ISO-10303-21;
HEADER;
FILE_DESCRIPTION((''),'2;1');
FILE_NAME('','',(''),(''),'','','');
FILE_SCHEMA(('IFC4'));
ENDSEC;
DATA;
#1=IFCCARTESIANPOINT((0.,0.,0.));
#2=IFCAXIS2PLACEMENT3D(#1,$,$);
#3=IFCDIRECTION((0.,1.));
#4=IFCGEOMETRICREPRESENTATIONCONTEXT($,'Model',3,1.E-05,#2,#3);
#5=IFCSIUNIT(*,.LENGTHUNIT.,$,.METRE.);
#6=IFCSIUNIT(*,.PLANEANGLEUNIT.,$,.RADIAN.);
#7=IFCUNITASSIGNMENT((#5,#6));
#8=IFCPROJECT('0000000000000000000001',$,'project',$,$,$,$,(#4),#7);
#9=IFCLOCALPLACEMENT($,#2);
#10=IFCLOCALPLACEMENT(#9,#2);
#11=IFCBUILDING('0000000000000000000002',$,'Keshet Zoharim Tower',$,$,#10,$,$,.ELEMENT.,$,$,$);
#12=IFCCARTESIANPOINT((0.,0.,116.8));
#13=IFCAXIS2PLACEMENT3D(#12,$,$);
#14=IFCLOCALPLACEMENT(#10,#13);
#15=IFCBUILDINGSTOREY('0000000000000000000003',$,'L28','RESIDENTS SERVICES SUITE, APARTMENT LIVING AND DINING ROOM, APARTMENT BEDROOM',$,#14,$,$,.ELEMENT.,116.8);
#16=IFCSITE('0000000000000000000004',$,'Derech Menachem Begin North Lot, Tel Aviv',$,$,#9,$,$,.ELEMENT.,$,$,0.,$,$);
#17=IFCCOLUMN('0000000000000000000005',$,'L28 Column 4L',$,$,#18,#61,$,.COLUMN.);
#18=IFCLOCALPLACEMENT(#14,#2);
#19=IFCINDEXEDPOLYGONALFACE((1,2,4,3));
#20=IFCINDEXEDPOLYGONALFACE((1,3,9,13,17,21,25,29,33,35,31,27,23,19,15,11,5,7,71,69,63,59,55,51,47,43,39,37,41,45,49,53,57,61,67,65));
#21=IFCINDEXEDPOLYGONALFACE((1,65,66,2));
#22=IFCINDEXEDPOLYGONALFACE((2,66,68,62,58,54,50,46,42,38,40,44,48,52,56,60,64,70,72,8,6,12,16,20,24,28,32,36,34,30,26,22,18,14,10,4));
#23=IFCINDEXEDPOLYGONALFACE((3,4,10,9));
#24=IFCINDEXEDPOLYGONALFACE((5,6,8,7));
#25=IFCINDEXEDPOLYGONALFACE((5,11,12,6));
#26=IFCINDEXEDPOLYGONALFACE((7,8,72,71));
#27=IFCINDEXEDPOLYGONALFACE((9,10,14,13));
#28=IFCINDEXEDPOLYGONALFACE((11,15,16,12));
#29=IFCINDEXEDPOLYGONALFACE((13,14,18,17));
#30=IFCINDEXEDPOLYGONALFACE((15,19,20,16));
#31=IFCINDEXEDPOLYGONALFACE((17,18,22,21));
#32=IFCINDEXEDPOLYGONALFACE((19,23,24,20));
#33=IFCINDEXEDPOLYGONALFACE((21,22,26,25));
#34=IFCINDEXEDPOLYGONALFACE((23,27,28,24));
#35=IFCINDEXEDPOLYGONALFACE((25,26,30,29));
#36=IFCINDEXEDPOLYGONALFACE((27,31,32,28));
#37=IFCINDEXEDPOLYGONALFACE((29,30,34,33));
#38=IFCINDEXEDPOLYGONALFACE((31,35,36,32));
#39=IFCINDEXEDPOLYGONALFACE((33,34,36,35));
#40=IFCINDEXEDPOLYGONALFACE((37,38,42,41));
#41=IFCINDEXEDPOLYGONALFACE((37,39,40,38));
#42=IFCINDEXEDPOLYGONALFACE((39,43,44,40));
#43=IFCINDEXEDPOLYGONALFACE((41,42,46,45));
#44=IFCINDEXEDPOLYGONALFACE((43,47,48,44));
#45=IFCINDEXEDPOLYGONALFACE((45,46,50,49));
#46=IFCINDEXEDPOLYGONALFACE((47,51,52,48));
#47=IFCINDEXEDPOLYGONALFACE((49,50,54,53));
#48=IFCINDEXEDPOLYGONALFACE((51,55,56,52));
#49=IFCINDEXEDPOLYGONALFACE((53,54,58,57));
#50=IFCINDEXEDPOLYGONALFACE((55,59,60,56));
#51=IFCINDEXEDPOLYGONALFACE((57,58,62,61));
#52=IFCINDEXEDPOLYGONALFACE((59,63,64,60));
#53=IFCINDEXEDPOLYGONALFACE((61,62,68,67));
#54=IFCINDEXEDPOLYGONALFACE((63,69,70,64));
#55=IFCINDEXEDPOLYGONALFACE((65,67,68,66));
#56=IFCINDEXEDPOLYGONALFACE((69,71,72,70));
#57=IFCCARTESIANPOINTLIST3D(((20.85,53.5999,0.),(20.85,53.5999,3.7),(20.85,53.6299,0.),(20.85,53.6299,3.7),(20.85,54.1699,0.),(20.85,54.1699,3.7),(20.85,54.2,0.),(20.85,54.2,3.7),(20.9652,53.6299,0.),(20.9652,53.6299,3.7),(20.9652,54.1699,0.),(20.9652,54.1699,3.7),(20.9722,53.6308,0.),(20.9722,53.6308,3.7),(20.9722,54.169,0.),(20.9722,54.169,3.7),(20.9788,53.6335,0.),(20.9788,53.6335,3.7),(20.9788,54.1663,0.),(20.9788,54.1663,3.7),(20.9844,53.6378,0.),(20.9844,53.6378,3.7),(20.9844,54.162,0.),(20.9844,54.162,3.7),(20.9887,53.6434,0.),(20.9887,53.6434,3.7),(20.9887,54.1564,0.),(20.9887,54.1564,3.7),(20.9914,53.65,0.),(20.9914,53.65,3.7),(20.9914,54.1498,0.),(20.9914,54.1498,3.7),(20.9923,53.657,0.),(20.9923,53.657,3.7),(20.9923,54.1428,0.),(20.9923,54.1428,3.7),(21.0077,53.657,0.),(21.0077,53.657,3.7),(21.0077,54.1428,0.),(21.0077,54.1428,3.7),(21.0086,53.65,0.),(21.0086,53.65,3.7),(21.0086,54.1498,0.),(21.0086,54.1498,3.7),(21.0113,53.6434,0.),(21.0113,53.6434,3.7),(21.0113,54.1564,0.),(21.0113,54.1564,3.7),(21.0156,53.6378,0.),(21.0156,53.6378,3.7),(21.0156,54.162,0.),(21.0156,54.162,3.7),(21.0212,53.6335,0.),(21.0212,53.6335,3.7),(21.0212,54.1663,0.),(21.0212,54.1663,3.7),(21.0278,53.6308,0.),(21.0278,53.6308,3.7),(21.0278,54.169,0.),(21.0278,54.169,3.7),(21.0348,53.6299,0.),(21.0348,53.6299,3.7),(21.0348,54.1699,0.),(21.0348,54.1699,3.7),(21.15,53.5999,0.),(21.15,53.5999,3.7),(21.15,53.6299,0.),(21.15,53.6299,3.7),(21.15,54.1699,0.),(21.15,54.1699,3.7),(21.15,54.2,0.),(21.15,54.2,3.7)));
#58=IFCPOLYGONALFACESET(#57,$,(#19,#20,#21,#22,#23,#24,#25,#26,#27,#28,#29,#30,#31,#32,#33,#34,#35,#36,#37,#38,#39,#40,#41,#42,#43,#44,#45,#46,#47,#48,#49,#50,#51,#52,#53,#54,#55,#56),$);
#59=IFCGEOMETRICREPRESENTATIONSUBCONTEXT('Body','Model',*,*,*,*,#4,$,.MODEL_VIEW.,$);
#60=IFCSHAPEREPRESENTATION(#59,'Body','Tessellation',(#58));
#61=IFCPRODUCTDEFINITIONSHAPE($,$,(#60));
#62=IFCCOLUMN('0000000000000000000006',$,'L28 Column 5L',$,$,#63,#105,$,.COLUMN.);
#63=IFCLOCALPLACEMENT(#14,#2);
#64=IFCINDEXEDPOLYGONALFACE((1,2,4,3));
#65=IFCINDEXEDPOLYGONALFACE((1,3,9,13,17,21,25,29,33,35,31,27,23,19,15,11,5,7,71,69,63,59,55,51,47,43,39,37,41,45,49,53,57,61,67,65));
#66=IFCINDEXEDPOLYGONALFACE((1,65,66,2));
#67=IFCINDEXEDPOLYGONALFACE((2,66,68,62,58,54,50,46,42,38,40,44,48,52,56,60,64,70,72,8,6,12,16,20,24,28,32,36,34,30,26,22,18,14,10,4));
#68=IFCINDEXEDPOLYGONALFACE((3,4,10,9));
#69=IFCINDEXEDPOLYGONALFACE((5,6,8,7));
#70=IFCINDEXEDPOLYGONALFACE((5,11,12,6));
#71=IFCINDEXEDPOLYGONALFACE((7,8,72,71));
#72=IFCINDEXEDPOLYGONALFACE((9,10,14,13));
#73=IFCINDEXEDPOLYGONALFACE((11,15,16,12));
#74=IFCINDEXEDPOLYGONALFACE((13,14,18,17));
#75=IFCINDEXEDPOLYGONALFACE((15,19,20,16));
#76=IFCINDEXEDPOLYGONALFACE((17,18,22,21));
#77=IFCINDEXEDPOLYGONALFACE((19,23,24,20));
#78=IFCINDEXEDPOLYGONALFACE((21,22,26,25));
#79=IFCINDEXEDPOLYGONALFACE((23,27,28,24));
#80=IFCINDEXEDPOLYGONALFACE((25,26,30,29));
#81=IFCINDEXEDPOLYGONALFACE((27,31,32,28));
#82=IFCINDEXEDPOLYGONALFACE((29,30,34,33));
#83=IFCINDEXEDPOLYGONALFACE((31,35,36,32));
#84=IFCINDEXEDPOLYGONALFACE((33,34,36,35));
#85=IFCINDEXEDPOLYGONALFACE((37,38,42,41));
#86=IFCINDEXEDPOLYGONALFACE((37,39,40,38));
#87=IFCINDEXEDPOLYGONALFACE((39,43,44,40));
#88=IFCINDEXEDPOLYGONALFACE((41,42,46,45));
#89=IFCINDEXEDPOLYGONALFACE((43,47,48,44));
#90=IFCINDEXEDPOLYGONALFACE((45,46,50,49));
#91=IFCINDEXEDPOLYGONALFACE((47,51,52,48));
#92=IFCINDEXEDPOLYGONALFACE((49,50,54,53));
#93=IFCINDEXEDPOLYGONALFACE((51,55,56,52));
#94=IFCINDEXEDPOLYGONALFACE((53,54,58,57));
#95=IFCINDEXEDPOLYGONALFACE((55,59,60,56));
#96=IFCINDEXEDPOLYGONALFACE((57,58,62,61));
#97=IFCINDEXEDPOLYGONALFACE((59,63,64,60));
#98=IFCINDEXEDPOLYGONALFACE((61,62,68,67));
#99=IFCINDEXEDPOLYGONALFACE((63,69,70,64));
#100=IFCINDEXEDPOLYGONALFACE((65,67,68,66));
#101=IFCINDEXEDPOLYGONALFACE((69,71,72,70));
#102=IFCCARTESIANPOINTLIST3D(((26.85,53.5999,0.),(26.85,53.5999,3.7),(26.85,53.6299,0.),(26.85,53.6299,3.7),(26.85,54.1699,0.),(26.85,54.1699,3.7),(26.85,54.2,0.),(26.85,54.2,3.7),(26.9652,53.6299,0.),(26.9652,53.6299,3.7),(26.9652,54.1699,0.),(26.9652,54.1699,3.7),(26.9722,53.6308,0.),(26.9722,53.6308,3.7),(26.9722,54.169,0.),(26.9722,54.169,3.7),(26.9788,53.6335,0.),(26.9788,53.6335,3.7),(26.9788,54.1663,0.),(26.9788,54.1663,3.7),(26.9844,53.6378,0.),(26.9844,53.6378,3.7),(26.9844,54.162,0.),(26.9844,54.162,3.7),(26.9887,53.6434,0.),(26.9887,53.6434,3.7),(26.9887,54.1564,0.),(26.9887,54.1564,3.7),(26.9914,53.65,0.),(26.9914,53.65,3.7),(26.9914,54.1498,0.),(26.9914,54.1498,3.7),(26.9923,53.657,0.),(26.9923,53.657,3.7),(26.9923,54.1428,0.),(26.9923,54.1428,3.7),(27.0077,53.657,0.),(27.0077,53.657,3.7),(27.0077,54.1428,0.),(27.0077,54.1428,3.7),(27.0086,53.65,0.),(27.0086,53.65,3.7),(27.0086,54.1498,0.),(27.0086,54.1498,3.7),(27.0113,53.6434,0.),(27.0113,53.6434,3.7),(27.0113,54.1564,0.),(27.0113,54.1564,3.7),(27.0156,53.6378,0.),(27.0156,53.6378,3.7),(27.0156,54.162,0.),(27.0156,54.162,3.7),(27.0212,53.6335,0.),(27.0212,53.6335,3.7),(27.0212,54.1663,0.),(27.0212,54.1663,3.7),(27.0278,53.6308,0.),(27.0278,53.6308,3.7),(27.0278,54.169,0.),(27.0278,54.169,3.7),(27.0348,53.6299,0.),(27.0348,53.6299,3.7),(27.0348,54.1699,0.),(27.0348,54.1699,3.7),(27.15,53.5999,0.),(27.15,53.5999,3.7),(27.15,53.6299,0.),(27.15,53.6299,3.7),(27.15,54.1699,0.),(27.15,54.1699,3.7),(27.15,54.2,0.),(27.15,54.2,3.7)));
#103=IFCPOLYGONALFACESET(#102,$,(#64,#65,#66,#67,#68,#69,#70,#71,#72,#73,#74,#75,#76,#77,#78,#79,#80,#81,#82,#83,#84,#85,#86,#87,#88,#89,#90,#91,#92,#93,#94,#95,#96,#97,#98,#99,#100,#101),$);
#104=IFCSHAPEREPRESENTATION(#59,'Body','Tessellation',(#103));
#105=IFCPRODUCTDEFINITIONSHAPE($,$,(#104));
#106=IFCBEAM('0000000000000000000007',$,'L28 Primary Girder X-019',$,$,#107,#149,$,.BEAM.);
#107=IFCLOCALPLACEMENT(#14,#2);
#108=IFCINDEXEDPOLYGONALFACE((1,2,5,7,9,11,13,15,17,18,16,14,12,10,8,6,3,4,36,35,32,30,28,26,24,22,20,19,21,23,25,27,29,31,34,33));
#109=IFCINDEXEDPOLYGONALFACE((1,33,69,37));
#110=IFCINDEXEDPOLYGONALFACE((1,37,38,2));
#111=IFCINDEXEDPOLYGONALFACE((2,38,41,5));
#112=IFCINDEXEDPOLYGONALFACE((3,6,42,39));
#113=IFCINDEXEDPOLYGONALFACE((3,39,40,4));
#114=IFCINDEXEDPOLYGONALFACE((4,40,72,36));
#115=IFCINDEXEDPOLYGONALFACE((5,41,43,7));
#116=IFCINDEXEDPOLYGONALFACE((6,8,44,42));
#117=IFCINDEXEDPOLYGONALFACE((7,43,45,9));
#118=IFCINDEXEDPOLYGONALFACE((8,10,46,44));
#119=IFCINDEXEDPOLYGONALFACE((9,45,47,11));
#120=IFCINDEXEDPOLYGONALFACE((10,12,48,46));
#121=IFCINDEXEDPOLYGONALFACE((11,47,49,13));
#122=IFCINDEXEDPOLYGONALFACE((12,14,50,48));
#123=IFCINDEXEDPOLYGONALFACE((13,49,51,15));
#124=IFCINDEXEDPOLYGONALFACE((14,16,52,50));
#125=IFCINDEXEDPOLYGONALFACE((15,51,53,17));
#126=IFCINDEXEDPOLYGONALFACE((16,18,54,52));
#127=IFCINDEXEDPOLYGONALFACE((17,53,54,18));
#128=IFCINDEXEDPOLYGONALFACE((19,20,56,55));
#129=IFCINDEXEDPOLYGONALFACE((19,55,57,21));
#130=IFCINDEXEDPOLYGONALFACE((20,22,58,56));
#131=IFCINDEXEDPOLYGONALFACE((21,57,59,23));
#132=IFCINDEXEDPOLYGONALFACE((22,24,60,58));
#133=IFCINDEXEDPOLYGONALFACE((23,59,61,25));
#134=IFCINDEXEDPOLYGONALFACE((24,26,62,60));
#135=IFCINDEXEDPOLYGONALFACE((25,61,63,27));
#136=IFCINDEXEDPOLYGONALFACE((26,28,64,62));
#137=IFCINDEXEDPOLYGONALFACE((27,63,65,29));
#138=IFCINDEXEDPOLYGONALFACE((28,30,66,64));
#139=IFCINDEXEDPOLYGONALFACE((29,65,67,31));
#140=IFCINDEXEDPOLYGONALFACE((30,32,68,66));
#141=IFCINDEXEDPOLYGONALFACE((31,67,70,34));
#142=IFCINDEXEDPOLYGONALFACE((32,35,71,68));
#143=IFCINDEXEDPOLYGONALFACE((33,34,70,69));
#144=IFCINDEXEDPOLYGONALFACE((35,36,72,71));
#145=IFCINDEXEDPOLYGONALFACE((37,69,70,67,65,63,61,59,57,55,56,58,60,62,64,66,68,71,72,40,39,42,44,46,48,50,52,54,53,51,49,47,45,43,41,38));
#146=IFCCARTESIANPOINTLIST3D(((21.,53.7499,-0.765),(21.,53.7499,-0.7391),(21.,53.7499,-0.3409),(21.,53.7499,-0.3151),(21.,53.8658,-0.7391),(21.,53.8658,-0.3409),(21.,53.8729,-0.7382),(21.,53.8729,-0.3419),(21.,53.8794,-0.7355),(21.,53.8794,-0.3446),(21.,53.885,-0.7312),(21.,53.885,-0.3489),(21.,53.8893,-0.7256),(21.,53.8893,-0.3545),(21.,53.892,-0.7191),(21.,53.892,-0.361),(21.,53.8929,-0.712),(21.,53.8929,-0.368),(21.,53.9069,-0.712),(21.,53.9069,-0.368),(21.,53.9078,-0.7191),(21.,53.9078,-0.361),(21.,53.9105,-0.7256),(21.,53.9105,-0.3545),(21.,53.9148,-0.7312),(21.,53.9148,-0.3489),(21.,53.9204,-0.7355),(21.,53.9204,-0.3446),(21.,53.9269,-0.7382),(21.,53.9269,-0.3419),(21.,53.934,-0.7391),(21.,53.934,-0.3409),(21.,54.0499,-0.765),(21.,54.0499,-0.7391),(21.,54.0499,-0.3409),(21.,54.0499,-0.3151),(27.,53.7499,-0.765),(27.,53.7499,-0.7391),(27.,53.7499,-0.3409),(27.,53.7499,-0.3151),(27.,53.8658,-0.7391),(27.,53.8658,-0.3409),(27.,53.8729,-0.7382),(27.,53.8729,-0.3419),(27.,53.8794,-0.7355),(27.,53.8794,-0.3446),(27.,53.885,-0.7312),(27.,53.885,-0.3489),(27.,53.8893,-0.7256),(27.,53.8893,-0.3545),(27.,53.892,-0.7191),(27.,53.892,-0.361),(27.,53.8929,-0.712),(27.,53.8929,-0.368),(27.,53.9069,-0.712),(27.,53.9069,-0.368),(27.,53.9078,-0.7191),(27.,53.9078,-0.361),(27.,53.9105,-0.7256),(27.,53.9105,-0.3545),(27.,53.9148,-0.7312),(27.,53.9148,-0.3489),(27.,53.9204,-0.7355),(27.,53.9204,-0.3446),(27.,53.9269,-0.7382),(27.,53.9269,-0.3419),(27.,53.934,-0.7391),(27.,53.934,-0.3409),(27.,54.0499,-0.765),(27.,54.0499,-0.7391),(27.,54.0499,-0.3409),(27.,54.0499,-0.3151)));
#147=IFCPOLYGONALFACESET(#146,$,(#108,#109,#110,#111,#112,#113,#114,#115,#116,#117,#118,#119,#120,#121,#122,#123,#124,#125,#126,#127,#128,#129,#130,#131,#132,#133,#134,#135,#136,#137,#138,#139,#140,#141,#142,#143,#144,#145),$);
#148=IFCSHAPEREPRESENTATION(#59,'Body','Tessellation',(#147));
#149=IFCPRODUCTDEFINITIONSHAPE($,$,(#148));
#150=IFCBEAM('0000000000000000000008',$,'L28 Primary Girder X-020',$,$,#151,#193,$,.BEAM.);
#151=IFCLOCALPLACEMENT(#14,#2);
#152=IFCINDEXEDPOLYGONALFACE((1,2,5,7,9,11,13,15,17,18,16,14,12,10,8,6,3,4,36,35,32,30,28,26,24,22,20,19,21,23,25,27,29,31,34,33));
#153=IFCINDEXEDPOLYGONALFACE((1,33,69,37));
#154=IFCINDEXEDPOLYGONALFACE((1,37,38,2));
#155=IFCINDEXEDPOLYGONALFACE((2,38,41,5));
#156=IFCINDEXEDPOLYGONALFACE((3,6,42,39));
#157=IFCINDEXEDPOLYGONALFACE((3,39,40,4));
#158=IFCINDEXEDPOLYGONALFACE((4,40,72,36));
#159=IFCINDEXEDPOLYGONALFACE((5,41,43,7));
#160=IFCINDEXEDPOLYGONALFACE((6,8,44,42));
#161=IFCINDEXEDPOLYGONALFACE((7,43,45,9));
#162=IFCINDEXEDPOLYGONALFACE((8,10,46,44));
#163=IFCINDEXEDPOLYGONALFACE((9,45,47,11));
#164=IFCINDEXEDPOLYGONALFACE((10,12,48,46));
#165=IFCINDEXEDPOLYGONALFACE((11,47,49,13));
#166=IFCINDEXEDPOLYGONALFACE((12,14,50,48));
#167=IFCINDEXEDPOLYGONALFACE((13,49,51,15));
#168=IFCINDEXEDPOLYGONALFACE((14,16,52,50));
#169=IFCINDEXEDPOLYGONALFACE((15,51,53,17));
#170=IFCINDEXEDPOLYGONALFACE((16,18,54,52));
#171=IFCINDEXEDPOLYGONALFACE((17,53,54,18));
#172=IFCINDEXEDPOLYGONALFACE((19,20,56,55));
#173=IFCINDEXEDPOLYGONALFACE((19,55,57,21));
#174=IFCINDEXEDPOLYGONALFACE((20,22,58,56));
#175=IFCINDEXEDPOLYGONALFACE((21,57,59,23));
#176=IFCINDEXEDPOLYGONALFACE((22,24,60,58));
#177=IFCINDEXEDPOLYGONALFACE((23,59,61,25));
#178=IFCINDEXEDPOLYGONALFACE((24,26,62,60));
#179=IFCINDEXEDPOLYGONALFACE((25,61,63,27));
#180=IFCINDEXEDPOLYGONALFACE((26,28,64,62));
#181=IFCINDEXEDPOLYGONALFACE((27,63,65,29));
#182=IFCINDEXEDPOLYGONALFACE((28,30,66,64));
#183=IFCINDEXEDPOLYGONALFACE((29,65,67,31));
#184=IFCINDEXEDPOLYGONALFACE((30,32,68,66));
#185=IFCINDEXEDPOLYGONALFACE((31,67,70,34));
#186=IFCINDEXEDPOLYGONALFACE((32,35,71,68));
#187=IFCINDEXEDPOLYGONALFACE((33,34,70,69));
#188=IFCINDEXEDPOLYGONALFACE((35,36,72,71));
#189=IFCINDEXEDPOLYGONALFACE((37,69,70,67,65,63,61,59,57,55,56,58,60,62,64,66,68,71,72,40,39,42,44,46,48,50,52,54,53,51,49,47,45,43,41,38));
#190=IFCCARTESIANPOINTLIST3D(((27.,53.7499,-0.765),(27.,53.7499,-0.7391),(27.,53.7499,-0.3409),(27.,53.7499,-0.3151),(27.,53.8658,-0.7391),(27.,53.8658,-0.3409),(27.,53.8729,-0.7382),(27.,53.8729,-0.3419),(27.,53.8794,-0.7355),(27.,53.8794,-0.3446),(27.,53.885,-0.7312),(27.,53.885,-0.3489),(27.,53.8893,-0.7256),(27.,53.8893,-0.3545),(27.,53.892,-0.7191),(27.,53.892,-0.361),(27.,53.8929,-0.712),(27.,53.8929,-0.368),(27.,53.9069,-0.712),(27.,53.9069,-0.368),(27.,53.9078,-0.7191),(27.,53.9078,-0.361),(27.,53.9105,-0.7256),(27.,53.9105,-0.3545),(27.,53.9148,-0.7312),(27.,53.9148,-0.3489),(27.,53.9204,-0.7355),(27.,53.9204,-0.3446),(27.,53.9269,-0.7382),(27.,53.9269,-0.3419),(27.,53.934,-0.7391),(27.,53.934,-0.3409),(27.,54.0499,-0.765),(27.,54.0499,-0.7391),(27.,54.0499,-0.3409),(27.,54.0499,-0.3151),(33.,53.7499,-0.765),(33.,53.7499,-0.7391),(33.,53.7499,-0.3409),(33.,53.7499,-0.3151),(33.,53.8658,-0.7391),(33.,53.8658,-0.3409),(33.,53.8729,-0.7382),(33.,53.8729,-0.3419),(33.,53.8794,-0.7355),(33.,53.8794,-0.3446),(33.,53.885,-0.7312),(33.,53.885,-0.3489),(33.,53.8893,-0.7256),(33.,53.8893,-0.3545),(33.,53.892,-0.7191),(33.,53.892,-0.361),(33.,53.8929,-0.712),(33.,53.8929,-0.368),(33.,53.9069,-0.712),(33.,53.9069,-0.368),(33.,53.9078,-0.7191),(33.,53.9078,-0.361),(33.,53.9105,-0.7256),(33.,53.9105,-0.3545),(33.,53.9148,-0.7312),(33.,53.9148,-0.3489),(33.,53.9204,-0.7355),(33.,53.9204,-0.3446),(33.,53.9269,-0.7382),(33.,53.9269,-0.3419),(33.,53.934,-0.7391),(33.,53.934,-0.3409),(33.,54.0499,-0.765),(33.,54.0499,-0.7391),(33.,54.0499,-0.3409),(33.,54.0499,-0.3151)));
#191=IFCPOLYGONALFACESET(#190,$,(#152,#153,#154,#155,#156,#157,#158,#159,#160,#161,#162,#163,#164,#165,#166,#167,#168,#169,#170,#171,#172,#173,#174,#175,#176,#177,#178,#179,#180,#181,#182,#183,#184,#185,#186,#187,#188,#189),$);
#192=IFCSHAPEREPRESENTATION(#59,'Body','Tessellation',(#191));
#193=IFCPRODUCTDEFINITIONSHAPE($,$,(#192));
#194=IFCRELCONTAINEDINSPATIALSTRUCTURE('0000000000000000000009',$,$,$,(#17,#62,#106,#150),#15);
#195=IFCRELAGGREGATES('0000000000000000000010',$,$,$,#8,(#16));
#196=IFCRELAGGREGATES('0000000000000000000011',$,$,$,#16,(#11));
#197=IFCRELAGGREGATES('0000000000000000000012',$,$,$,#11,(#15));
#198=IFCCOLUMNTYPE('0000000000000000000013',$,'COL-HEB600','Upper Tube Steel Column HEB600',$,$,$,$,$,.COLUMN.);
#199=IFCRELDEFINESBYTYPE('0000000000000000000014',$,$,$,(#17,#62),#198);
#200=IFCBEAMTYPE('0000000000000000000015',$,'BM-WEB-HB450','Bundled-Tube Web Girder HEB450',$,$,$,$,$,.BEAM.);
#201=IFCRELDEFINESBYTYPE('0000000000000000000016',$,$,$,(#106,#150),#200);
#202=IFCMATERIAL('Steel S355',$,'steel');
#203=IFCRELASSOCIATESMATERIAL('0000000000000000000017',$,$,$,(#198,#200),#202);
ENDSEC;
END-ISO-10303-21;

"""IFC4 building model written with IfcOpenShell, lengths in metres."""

from ifc_helpers import new_model, si_unit, direction, frame, origin, origin_2d, place, context, subcontext, project, spatial, i_section, extrude, material, material_profile, profile_set, type_object, element, save


model = new_model("IFC4")

# Units and contexts
model_context = context("Model", 3, precision=1e-05, world=origin(), true_north=direction((0.0, 1.0)))
body_context = subcontext(model_context, "Body", "Model", "MODEL_VIEW")
ifc_project = project(units=[si_unit("LENGTHUNIT", "METRE"), si_unit("PLANEANGLEUNIT", "RADIAN")], contexts=[model_context])

# Site, building, storey
site_placement = place(None, origin())
site = spatial("IfcSite", under=ifc_project, at=site_placement, Name="Derech Menachem Begin North Lot, Tel Aviv", CompositionType="ELEMENT", RefElevation=0.0)
building_placement = place(site_placement, origin())
building = spatial("IfcBuilding", under=site, at=building_placement, Name="Keshet Zoharim Tower", CompositionType="ELEMENT")
storey_placement = place(building_placement, frame((0.0, 0.0, 116.8)))
storey = spatial("IfcBuildingStorey", under=building, at=storey_placement, Name="L28", Description="RESIDENTS SERVICES SUITE, APARTMENT LIVING AND DINING ROOM, APARTMENT BEDROOM", CompositionType="ELEMENT", Elevation=116.8)

# Columns
ifc_material_1 = material(Name="Steel S355", Category="steel")
ifc_material_profile_1 = material_profile(ifc_material_1, i_section(OverallWidth=0.3, OverallDepth=0.6001, WebThickness=0.0154, FlangeThickness=0.03, FilletRadius=0.0271, at=origin_2d()), Name="HEB600")
ifc_profile_set_1 = profile_set([ifc_material_profile_1], Name="Steel S355")
column_type = type_object("IfcColumnType", Name="COL-HEB600", Description="Upper Tube Steel Column HEB600", PredefinedType="COLUMN", material=ifc_profile_set_1)
for number, where, z_axis, x_axis, name in (
    (1, (21.0, 53.8999, 0.0), (0.0, 0.0, 1.0), (1.0, 0.0, 0.0), "L28 Column 4L"),
    (2, (27.0, 53.8999, 0.0), (0.0, 0.0, 1.0), (1.0, 0.0, 0.0), "L28 Column 5L"),
):
    element("IfcColumn", number, at=place(storey_placement, frame(where, z_axis=z_axis, x_axis=x_axis)), inside=storey, type_object=column_type, Name=name, PredefinedType="COLUMN", context=body_context, shape_type="SweptSolid", body=[
        extrude(i_section(OverallWidth=0.3, OverallDepth=0.6001, WebThickness=0.0154, FlangeThickness=0.03, FilletRadius=0.0271, at=origin_2d()), origin(), (0.0, 0.0, 1.0), 3.7),
    ])

# Beams
ifc_material_profile_2 = material_profile(ifc_material_1, i_section(OverallWidth=0.3, OverallDepth=0.45, WebThickness=0.0139, FlangeThickness=0.0259, FilletRadius=0.0271, at=origin_2d()), Name="HEB450")
ifc_profile_set_2 = profile_set([ifc_material_profile_2], Name="Steel S355")
beam_type = type_object("IfcBeamType", Name="BM-WEB-HB450", Description="Bundled-Tube Web Girder HEB450", PredefinedType="BEAM", material=ifc_profile_set_2)
for number, where, z_axis, x_axis, name in (
    (3, (21.0, 53.8999, -0.54), (1.0, 0.0, 0.0), (0.0, 1.0, 0.0), "L28 Primary Girder X-019"),
    (4, (27.0, 53.8999, -0.54), (1.0, 0.0, 0.0), (0.0, 1.0, 0.0), "L28 Primary Girder X-020"),
):
    element("IfcBeam", number, at=place(storey_placement, frame(where, z_axis=z_axis, x_axis=x_axis)), inside=storey, type_object=beam_type, Name=name, PredefinedType="BEAM", context=body_context, shape_type="SweptSolid", body=[
        extrude(i_section(OverallWidth=0.3, OverallDepth=0.45, WebThickness=0.0139, FlangeThickness=0.0259, FilletRadius=0.0271, at=origin_2d()), origin(), (0.0, 0.0, 1.0), 6.0),
    ])

save(model, "model.ifc")
